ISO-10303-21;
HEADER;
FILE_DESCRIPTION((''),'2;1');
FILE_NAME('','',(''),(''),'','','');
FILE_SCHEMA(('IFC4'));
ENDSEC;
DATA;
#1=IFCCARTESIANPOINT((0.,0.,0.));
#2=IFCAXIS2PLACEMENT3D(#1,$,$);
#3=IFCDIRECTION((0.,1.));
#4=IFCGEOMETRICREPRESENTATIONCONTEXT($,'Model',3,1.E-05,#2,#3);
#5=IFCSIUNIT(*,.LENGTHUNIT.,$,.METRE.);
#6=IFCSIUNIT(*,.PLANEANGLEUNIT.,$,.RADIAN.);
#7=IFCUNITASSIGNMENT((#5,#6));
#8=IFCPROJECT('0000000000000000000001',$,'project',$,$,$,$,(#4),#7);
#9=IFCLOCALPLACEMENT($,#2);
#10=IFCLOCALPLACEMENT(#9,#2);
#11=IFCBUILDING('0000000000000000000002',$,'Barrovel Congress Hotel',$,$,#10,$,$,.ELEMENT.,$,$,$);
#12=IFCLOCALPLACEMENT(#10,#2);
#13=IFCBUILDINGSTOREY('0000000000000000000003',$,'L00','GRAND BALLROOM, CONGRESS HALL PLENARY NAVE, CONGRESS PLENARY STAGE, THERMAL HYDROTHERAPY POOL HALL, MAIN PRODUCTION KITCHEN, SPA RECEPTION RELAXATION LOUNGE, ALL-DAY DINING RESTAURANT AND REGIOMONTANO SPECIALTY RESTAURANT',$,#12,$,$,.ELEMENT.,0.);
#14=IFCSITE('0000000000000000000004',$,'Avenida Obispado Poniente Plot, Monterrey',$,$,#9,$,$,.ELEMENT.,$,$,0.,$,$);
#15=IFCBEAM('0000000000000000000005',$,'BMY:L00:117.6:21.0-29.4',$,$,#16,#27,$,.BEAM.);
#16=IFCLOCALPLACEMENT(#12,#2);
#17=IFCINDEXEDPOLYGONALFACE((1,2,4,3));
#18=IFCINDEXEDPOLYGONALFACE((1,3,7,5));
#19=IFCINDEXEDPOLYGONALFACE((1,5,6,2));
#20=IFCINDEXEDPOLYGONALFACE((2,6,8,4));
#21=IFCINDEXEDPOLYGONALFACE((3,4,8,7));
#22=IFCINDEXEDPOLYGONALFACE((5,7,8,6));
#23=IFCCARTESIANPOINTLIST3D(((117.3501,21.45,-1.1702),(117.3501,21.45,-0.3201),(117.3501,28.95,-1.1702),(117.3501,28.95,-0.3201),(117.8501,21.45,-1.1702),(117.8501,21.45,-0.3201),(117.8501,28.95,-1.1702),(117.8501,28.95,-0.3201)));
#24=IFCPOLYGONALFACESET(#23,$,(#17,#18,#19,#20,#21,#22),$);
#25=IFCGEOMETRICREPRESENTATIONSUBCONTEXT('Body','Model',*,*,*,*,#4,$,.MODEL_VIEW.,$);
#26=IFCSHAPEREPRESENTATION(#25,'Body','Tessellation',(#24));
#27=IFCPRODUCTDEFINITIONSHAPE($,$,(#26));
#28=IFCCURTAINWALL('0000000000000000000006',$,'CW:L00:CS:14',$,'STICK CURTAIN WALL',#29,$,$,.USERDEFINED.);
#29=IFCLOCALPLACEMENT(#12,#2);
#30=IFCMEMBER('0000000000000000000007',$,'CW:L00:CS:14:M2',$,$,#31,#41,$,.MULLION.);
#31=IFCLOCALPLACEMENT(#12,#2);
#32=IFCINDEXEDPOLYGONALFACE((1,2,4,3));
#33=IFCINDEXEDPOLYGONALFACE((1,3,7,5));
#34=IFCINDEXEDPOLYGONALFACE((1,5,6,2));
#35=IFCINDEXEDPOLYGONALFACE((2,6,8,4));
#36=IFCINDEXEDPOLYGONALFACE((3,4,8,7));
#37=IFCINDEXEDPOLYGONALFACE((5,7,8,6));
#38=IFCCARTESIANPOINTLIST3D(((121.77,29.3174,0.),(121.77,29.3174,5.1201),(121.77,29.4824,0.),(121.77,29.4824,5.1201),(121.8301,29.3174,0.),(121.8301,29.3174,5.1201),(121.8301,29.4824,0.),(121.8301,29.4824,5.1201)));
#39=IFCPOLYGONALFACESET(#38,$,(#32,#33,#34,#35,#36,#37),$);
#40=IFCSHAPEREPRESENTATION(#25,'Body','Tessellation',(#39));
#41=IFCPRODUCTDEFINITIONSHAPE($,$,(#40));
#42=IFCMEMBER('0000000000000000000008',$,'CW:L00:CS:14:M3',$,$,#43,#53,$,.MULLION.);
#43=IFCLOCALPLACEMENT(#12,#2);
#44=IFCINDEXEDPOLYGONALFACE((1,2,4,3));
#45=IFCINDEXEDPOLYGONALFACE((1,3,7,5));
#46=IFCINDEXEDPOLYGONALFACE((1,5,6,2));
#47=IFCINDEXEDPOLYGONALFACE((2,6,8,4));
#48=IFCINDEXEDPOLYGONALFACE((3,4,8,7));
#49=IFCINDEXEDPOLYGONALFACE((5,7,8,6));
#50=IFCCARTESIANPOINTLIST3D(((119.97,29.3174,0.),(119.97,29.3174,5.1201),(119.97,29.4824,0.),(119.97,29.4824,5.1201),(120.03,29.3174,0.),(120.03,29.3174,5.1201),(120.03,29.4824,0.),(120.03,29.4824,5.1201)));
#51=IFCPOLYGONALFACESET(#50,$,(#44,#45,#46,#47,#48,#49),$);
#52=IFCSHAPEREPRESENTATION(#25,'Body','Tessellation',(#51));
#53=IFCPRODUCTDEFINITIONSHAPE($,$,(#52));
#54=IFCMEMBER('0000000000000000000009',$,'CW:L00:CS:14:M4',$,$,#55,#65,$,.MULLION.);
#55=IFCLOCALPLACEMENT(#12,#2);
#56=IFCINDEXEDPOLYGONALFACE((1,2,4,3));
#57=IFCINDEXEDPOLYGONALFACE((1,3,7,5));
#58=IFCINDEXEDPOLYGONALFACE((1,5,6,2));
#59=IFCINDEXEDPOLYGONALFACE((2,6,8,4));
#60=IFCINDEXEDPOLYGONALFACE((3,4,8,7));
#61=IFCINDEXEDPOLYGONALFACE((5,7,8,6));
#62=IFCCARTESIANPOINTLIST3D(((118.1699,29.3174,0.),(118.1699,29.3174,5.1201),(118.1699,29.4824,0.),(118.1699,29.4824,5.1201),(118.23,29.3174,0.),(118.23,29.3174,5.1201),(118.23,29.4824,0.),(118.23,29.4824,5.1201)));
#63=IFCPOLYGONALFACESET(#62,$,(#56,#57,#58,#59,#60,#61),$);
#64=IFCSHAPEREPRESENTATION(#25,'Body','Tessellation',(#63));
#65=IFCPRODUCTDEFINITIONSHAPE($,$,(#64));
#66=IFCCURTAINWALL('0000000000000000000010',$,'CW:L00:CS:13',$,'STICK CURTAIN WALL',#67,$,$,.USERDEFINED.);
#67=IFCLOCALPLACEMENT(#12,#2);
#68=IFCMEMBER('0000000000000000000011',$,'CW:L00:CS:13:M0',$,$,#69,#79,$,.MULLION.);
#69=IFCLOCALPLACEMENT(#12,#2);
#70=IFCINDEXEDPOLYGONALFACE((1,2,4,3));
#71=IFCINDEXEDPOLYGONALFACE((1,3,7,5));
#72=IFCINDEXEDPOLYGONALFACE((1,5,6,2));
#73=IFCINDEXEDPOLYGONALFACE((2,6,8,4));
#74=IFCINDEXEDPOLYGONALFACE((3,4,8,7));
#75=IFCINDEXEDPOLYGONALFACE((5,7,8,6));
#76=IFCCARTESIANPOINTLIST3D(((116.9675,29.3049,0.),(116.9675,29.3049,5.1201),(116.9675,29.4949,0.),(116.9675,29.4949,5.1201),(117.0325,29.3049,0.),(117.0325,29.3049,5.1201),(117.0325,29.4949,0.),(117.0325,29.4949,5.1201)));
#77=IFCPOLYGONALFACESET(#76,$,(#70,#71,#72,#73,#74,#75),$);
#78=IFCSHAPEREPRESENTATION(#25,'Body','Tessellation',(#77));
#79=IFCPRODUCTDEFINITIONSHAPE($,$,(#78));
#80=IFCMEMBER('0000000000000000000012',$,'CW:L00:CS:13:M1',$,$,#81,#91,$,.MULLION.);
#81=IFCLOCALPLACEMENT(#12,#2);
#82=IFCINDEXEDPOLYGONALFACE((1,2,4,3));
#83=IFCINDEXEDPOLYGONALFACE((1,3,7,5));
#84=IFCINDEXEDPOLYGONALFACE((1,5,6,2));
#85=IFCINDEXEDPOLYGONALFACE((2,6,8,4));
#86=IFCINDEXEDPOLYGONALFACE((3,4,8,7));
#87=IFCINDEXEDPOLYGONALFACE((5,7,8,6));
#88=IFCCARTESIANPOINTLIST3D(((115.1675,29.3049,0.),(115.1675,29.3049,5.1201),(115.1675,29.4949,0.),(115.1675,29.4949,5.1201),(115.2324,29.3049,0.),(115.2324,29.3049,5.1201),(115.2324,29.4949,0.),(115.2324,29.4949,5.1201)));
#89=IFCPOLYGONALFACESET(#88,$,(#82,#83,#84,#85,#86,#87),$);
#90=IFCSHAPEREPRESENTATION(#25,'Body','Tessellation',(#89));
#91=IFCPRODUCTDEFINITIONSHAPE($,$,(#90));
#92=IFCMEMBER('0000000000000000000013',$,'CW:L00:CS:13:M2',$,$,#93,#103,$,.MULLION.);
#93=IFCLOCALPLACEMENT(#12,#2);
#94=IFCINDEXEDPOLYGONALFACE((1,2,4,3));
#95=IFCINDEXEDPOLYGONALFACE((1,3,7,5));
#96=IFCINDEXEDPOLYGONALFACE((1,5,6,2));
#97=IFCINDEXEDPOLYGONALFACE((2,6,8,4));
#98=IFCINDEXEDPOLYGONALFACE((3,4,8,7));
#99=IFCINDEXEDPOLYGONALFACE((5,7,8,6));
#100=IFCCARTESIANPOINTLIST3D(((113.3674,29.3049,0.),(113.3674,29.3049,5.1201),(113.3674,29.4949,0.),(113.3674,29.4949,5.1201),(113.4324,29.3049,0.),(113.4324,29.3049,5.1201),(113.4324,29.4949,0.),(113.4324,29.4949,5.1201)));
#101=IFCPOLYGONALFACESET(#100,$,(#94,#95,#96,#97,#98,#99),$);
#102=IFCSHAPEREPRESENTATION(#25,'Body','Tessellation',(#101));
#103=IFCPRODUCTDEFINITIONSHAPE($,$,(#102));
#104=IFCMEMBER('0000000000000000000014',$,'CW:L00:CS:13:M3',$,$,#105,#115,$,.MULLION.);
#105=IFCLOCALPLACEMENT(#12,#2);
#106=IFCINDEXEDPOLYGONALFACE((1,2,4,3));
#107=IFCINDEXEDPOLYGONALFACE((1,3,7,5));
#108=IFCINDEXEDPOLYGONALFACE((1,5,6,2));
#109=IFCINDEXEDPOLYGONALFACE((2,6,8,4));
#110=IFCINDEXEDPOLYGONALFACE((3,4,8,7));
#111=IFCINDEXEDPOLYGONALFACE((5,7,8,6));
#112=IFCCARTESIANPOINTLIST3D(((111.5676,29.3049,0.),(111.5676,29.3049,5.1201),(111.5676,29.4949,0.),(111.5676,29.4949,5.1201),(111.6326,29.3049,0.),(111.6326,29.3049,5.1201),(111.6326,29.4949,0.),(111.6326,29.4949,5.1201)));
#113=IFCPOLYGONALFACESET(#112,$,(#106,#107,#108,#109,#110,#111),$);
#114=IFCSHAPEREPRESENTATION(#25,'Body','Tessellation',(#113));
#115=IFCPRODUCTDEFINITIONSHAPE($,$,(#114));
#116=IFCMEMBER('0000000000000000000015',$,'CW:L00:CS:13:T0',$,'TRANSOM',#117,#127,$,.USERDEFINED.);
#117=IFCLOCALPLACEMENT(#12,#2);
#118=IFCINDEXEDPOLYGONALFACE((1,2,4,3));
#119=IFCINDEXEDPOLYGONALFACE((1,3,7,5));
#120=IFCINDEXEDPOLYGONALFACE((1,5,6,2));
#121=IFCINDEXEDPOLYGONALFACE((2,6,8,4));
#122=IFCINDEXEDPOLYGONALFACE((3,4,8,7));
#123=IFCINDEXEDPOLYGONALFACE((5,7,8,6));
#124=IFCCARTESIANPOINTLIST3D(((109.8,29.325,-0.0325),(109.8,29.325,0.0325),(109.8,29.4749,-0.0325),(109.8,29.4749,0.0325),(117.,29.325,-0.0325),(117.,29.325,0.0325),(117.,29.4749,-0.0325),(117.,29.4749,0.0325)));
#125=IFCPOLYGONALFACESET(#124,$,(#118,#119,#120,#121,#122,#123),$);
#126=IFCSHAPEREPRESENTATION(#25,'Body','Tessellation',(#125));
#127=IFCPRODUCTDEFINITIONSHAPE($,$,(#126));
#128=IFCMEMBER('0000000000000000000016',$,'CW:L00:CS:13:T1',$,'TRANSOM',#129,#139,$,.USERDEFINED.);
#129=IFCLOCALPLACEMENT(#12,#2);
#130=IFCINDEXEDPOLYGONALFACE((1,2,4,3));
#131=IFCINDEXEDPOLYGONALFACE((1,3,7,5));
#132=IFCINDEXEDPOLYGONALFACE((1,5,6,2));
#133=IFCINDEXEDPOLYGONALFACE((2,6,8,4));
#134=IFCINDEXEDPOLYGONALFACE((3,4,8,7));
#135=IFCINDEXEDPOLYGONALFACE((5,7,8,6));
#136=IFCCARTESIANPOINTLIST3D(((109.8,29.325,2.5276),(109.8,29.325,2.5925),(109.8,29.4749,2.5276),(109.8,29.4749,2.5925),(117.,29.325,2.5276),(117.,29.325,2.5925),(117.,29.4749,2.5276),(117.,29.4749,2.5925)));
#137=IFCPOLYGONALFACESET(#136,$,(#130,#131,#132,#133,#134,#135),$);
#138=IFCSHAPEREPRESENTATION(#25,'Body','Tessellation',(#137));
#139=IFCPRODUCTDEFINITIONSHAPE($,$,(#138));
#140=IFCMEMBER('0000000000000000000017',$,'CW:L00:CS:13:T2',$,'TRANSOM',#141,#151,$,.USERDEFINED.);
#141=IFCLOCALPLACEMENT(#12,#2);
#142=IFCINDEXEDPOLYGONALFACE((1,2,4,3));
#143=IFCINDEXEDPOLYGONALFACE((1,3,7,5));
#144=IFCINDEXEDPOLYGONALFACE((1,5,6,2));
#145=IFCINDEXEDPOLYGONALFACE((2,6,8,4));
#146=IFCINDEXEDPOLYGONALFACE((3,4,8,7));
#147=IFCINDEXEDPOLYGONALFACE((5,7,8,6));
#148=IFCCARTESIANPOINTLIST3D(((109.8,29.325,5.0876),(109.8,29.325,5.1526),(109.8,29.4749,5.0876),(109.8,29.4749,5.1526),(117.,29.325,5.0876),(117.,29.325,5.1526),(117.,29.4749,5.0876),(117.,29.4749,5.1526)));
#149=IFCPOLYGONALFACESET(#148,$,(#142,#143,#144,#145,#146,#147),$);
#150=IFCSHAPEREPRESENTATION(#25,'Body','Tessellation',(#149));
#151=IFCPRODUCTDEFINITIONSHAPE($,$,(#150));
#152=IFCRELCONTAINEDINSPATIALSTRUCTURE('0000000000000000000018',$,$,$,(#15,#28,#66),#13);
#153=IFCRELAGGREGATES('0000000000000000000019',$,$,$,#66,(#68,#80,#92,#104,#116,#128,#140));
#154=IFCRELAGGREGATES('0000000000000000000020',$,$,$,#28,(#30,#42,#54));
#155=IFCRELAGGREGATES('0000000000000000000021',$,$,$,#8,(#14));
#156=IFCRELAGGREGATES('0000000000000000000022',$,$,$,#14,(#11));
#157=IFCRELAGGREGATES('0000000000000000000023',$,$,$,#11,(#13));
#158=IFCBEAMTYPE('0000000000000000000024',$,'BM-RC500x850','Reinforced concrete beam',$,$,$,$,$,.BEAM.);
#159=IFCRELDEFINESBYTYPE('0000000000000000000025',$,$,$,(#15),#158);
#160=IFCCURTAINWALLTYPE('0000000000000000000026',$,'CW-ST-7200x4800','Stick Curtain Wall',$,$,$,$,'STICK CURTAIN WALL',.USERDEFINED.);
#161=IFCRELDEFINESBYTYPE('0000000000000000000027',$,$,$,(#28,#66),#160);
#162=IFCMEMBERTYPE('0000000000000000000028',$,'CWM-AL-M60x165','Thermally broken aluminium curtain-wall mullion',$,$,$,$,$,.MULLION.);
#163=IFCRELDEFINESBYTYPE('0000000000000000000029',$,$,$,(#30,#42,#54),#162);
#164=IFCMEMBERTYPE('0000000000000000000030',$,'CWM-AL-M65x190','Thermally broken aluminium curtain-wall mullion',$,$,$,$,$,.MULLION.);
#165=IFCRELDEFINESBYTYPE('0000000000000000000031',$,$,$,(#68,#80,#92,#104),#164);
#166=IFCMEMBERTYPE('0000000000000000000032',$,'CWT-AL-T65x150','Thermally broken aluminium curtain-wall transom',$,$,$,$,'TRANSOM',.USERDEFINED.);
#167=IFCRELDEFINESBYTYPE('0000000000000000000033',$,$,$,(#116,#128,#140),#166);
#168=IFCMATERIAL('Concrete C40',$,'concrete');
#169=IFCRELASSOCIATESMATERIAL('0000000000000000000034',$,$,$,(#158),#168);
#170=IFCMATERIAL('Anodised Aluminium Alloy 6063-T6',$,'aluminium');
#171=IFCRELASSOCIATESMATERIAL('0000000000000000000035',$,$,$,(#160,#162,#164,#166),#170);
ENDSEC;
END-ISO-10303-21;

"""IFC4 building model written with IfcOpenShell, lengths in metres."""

from ifc_helpers import new_model, si_unit, direction, frame, origin, origin_2d, place, context, subcontext, project, spatial, rectangle, extrude, material, material_profile, profile_set, type_object, element, aggregate, save


model = new_model("IFC4")

# Units and contexts
model_context = context("Model", 3, precision=1e-05, world=origin(), true_north=direction((0.0, 1.0)))
body_context = subcontext(model_context, "Body", "Model", "MODEL_VIEW")
ifc_project = project(units=[si_unit("LENGTHUNIT", "METRE"), si_unit("PLANEANGLEUNIT", "RADIAN")], contexts=[model_context])

# Site, building, storey
site_placement = place(None, origin())
site = spatial("IfcSite", under=ifc_project, at=site_placement, Name="Avenida Obispado Poniente Plot, Monterrey", CompositionType="ELEMENT", RefElevation=0.0)
building_placement = place(site_placement, origin())
building = spatial("IfcBuilding", under=site, at=building_placement, Name="Barrovel Congress Hotel", CompositionType="ELEMENT")
storey_placement = place(building_placement, origin())
storey = spatial("IfcBuildingStorey", under=building, at=storey_placement, Name="L00", Description="GRAND BALLROOM, CONGRESS HALL PLENARY NAVE, CONGRESS PLENARY STAGE, THERMAL HYDROTHERAPY POOL HALL, MAIN PRODUCTION KITCHEN, SPA RECEPTION RELAXATION LOUNGE, ALL-DAY DINING RESTAURANT AND REGIOMONTANO SPECIALTY RESTAURANT", CompositionType="ELEMENT", Elevation=0.0)

# Shared definitions
ifc_material_1 = material(Name="Concrete C40", Category="concrete")

# Beam
ifc_material_profile_1 = material_profile(ifc_material_1, rectangle(XDim=0.5, YDim=0.8501, at=origin_2d()), Name="RC500x850")
ifc_profile_set_1 = profile_set([ifc_material_profile_1], Name="Concrete C40")
beam_type_1 = type_object("IfcBeamType", Name="BM-RC500x850", Description="Reinforced concrete beam", PredefinedType="BEAM", material=ifc_profile_set_1)
beam_1_placement = place(storey_placement, frame((117.6001, 21.45, -0.7451), z_axis=(0.0, 1.0, 0.0), x_axis=(-1.0, 0.0, 0.0)))
element("IfcBeam", 1, at=beam_1_placement, inside=storey, type_object=beam_type_1, Name="BMY:L00:117.6:21.0-29.4", PredefinedType="BEAM", context=body_context, shape_type="SweptSolid", body=[
    extrude(rectangle(XDim=0.5, YDim=0.8501, at=origin_2d()), origin(), (0.0, 0.0, 1.0), 7.5),
])

# Curtain walls, members
ifc_material_2 = material(Name="Anodised Aluminium Alloy 6063-T6", Category="aluminium")
curtain_wall_type = type_object("IfcCurtainWallType", Name="CW-ST-7200x4800", Description="Stick Curtain Wall", ElementType="STICK CURTAIN WALL", PredefinedType="USERDEFINED", material=ifc_material_2)
curtain_wall_1_placement = place(storey_placement, origin())
curtain_wall_1 = element("IfcCurtainWall", 2, at=curtain_wall_1_placement, inside=storey, type_object=curtain_wall_type, Name="CW:L00:CS:14", ObjectType="STICK CURTAIN WALL", PredefinedType="USERDEFINED")
ifc_material_profile_2 = material_profile(ifc_material_2, rectangle(XDim=0.0601, YDim=0.165, at=origin_2d()), Name="AL-M60x165")
ifc_profile_set_2 = profile_set([ifc_material_profile_2], Name="Anodised Aluminium Alloy 6063-T6")
member_type_1 = type_object("IfcMemberType", Name="CWM-AL-M60x165", Description="Thermally broken aluminium curtain-wall mullion", PredefinedType="MULLION", material=ifc_profile_set_2)
member_1_placement = place(storey_placement, frame((121.8, 29.3999, 0.0), z_axis=(0.0, 0.0, 1.0), x_axis=(1.0, 0.0, 0.0)))
member_1 = element("IfcMember", 3, at=member_1_placement, type_object=member_type_1, Name="CW:L00:CS:14:M2", PredefinedType="MULLION", context=body_context, shape_type="SweptSolid", body=[
    extrude(rectangle(XDim=0.0601, YDim=0.165, at=origin_2d()), origin(), (0.0, 0.0, 1.0), 5.1201),
])
member_2_placement = place(storey_placement, frame((120.0, 29.3999, 0.0), z_axis=(0.0, 0.0, 1.0), x_axis=(1.0, 0.0, 0.0)))
member_2 = element("IfcMember", 4, at=member_2_placement, type_object=member_type_1, Name="CW:L00:CS:14:M3", PredefinedType="MULLION", context=body_context, shape_type="SweptSolid", body=[
    extrude(rectangle(XDim=0.0601, YDim=0.165, at=origin_2d()), origin(), (0.0, 0.0, 1.0), 5.1201),
])
member_3_placement = place(storey_placement, frame((118.2, 29.3999, 0.0), z_axis=(0.0, 0.0, 1.0), x_axis=(1.0, 0.0, 0.0)))
member_3 = element("IfcMember", 5, at=member_3_placement, type_object=member_type_1, Name="CW:L00:CS:14:M4", PredefinedType="MULLION", context=body_context, shape_type="SweptSolid", body=[
    extrude(rectangle(XDim=0.0601, YDim=0.165, at=origin_2d()), origin(), (0.0, 0.0, 1.0), 5.1201),
])
curtain_wall_2_placement = place(storey_placement, origin())
curtain_wall_2 = element("IfcCurtainWall", 6, at=curtain_wall_2_placement, inside=storey, type_object=curtain_wall_type, Name="CW:L00:CS:13", ObjectType="STICK CURTAIN WALL", PredefinedType="USERDEFINED")
ifc_material_profile_3 = material_profile(ifc_material_2, rectangle(XDim=0.0649, YDim=0.1899, at=origin_2d()), Name="AL-M65x190")
ifc_profile_set_3 = profile_set([ifc_material_profile_3], Name="Anodised Aluminium Alloy 6063-T6")
member_type_2 = type_object("IfcMemberType", Name="CWM-AL-M65x190", Description="Thermally broken aluminium curtain-wall mullion", PredefinedType="MULLION", material=ifc_profile_set_3)
member_4_placement = place(storey_placement, frame((117.0, 29.3999, 0.0), z_axis=(0.0, 0.0, 1.0), x_axis=(1.0, 0.0, 0.0)))
member_4 = element("IfcMember", 7, at=member_4_placement, type_object=member_type_2, Name="CW:L00:CS:13:M0", PredefinedType="MULLION", context=body_context, shape_type="SweptSolid", body=[
    extrude(rectangle(XDim=0.0649, YDim=0.1899, at=origin_2d()), origin(), (0.0, 0.0, 1.0), 5.1201),
])
member_5_placement = place(storey_placement, frame((115.2, 29.3999, 0.0), z_axis=(0.0, 0.0, 1.0), x_axis=(1.0, 0.0, 0.0)))
member_5 = element("IfcMember", 8, at=member_5_placement, type_object=member_type_2, Name="CW:L00:CS:13:M1", PredefinedType="MULLION", context=body_context, shape_type="SweptSolid", body=[
    extrude(rectangle(XDim=0.0649, YDim=0.1899, at=origin_2d()), origin(), (0.0, 0.0, 1.0), 5.1201),
])
member_6_placement = place(storey_placement, frame((113.3999, 29.3999, 0.0), z_axis=(0.0, 0.0, 1.0), x_axis=(1.0, 0.0, 0.0)))
member_6 = element("IfcMember", 9, at=member_6_placement, type_object=member_type_2, Name="CW:L00:CS:13:M2", PredefinedType="MULLION", context=body_context, shape_type="SweptSolid", body=[
    extrude(rectangle(XDim=0.0649, YDim=0.1899, at=origin_2d()), origin(), (0.0, 0.0, 1.0), 5.1201),
])
member_7_placement = place(storey_placement, frame((111.6001, 29.3999, 0.0), z_axis=(0.0, 0.0, 1.0), x_axis=(1.0, 0.0, 0.0)))
member_7 = element("IfcMember", 10, at=member_7_placement, type_object=member_type_2, Name="CW:L00:CS:13:M3", PredefinedType="MULLION", context=body_context, shape_type="SweptSolid", body=[
    extrude(rectangle(XDim=0.0649, YDim=0.1899, at=origin_2d()), origin(), (0.0, 0.0, 1.0), 5.1201),
])
ifc_material_profile_4 = material_profile(ifc_material_2, rectangle(XDim=0.1499, YDim=0.0649, at=origin_2d()), Name="AL-T65x150")
ifc_profile_set_4 = profile_set([ifc_material_profile_4], Name="Anodised Aluminium Alloy 6063-T6")
member_type_3 = type_object("IfcMemberType", Name="CWT-AL-T65x150", Description="Thermally broken aluminium curtain-wall transom", ElementType="TRANSOM", PredefinedType="USERDEFINED", material=ifc_profile_set_4)
member_8_placement = place(storey_placement, frame((117.0, 29.3999, 0.0), z_axis=(-1.0, 0.0, 0.0), x_axis=(0.0, -1.0, 0.0)))
member_8 = element("IfcMember", 11, at=member_8_placement, type_object=member_type_3, Name="CW:L00:CS:13:T0", ObjectType="TRANSOM", PredefinedType="USERDEFINED", context=body_context, shape_type="SweptSolid", body=[
    extrude(rectangle(XDim=0.1499, YDim=0.0649, at=origin_2d()), origin(), (0.0, 0.0, 1.0), 7.2),
])
member_9_placement = place(storey_placement, frame((117.0, 29.3999, 2.5601), z_axis=(-1.0, 0.0, 0.0), x_axis=(0.0, -1.0, 0.0)))
member_9 = element("IfcMember", 12, at=member_9_placement, type_object=member_type_3, Name="CW:L00:CS:13:T1", ObjectType="TRANSOM", PredefinedType="USERDEFINED", context=body_context, shape_type="SweptSolid", body=[
    extrude(rectangle(XDim=0.1499, YDim=0.0649, at=origin_2d()), origin(), (0.0, 0.0, 1.0), 7.2),
])
member_10_placement = place(storey_placement, frame((117.0, 29.3999, 5.1201), z_axis=(-1.0, 0.0, 0.0), x_axis=(0.0, -1.0, 0.0)))
member_10 = element("IfcMember", 13, at=member_10_placement, type_object=member_type_3, Name="CW:L00:CS:13:T2", ObjectType="TRANSOM", PredefinedType="USERDEFINED", context=body_context, shape_type="SweptSolid", body=[
    extrude(rectangle(XDim=0.1499, YDim=0.0649, at=origin_2d()), origin(), (0.0, 0.0, 1.0), 7.2),
])

aggregate(curtain_wall_2, [member_4, member_5, member_6, member_7, member_8, member_9, member_10])
aggregate(curtain_wall_1, [member_1, member_2, member_3])

save(model, "model.ifc")
